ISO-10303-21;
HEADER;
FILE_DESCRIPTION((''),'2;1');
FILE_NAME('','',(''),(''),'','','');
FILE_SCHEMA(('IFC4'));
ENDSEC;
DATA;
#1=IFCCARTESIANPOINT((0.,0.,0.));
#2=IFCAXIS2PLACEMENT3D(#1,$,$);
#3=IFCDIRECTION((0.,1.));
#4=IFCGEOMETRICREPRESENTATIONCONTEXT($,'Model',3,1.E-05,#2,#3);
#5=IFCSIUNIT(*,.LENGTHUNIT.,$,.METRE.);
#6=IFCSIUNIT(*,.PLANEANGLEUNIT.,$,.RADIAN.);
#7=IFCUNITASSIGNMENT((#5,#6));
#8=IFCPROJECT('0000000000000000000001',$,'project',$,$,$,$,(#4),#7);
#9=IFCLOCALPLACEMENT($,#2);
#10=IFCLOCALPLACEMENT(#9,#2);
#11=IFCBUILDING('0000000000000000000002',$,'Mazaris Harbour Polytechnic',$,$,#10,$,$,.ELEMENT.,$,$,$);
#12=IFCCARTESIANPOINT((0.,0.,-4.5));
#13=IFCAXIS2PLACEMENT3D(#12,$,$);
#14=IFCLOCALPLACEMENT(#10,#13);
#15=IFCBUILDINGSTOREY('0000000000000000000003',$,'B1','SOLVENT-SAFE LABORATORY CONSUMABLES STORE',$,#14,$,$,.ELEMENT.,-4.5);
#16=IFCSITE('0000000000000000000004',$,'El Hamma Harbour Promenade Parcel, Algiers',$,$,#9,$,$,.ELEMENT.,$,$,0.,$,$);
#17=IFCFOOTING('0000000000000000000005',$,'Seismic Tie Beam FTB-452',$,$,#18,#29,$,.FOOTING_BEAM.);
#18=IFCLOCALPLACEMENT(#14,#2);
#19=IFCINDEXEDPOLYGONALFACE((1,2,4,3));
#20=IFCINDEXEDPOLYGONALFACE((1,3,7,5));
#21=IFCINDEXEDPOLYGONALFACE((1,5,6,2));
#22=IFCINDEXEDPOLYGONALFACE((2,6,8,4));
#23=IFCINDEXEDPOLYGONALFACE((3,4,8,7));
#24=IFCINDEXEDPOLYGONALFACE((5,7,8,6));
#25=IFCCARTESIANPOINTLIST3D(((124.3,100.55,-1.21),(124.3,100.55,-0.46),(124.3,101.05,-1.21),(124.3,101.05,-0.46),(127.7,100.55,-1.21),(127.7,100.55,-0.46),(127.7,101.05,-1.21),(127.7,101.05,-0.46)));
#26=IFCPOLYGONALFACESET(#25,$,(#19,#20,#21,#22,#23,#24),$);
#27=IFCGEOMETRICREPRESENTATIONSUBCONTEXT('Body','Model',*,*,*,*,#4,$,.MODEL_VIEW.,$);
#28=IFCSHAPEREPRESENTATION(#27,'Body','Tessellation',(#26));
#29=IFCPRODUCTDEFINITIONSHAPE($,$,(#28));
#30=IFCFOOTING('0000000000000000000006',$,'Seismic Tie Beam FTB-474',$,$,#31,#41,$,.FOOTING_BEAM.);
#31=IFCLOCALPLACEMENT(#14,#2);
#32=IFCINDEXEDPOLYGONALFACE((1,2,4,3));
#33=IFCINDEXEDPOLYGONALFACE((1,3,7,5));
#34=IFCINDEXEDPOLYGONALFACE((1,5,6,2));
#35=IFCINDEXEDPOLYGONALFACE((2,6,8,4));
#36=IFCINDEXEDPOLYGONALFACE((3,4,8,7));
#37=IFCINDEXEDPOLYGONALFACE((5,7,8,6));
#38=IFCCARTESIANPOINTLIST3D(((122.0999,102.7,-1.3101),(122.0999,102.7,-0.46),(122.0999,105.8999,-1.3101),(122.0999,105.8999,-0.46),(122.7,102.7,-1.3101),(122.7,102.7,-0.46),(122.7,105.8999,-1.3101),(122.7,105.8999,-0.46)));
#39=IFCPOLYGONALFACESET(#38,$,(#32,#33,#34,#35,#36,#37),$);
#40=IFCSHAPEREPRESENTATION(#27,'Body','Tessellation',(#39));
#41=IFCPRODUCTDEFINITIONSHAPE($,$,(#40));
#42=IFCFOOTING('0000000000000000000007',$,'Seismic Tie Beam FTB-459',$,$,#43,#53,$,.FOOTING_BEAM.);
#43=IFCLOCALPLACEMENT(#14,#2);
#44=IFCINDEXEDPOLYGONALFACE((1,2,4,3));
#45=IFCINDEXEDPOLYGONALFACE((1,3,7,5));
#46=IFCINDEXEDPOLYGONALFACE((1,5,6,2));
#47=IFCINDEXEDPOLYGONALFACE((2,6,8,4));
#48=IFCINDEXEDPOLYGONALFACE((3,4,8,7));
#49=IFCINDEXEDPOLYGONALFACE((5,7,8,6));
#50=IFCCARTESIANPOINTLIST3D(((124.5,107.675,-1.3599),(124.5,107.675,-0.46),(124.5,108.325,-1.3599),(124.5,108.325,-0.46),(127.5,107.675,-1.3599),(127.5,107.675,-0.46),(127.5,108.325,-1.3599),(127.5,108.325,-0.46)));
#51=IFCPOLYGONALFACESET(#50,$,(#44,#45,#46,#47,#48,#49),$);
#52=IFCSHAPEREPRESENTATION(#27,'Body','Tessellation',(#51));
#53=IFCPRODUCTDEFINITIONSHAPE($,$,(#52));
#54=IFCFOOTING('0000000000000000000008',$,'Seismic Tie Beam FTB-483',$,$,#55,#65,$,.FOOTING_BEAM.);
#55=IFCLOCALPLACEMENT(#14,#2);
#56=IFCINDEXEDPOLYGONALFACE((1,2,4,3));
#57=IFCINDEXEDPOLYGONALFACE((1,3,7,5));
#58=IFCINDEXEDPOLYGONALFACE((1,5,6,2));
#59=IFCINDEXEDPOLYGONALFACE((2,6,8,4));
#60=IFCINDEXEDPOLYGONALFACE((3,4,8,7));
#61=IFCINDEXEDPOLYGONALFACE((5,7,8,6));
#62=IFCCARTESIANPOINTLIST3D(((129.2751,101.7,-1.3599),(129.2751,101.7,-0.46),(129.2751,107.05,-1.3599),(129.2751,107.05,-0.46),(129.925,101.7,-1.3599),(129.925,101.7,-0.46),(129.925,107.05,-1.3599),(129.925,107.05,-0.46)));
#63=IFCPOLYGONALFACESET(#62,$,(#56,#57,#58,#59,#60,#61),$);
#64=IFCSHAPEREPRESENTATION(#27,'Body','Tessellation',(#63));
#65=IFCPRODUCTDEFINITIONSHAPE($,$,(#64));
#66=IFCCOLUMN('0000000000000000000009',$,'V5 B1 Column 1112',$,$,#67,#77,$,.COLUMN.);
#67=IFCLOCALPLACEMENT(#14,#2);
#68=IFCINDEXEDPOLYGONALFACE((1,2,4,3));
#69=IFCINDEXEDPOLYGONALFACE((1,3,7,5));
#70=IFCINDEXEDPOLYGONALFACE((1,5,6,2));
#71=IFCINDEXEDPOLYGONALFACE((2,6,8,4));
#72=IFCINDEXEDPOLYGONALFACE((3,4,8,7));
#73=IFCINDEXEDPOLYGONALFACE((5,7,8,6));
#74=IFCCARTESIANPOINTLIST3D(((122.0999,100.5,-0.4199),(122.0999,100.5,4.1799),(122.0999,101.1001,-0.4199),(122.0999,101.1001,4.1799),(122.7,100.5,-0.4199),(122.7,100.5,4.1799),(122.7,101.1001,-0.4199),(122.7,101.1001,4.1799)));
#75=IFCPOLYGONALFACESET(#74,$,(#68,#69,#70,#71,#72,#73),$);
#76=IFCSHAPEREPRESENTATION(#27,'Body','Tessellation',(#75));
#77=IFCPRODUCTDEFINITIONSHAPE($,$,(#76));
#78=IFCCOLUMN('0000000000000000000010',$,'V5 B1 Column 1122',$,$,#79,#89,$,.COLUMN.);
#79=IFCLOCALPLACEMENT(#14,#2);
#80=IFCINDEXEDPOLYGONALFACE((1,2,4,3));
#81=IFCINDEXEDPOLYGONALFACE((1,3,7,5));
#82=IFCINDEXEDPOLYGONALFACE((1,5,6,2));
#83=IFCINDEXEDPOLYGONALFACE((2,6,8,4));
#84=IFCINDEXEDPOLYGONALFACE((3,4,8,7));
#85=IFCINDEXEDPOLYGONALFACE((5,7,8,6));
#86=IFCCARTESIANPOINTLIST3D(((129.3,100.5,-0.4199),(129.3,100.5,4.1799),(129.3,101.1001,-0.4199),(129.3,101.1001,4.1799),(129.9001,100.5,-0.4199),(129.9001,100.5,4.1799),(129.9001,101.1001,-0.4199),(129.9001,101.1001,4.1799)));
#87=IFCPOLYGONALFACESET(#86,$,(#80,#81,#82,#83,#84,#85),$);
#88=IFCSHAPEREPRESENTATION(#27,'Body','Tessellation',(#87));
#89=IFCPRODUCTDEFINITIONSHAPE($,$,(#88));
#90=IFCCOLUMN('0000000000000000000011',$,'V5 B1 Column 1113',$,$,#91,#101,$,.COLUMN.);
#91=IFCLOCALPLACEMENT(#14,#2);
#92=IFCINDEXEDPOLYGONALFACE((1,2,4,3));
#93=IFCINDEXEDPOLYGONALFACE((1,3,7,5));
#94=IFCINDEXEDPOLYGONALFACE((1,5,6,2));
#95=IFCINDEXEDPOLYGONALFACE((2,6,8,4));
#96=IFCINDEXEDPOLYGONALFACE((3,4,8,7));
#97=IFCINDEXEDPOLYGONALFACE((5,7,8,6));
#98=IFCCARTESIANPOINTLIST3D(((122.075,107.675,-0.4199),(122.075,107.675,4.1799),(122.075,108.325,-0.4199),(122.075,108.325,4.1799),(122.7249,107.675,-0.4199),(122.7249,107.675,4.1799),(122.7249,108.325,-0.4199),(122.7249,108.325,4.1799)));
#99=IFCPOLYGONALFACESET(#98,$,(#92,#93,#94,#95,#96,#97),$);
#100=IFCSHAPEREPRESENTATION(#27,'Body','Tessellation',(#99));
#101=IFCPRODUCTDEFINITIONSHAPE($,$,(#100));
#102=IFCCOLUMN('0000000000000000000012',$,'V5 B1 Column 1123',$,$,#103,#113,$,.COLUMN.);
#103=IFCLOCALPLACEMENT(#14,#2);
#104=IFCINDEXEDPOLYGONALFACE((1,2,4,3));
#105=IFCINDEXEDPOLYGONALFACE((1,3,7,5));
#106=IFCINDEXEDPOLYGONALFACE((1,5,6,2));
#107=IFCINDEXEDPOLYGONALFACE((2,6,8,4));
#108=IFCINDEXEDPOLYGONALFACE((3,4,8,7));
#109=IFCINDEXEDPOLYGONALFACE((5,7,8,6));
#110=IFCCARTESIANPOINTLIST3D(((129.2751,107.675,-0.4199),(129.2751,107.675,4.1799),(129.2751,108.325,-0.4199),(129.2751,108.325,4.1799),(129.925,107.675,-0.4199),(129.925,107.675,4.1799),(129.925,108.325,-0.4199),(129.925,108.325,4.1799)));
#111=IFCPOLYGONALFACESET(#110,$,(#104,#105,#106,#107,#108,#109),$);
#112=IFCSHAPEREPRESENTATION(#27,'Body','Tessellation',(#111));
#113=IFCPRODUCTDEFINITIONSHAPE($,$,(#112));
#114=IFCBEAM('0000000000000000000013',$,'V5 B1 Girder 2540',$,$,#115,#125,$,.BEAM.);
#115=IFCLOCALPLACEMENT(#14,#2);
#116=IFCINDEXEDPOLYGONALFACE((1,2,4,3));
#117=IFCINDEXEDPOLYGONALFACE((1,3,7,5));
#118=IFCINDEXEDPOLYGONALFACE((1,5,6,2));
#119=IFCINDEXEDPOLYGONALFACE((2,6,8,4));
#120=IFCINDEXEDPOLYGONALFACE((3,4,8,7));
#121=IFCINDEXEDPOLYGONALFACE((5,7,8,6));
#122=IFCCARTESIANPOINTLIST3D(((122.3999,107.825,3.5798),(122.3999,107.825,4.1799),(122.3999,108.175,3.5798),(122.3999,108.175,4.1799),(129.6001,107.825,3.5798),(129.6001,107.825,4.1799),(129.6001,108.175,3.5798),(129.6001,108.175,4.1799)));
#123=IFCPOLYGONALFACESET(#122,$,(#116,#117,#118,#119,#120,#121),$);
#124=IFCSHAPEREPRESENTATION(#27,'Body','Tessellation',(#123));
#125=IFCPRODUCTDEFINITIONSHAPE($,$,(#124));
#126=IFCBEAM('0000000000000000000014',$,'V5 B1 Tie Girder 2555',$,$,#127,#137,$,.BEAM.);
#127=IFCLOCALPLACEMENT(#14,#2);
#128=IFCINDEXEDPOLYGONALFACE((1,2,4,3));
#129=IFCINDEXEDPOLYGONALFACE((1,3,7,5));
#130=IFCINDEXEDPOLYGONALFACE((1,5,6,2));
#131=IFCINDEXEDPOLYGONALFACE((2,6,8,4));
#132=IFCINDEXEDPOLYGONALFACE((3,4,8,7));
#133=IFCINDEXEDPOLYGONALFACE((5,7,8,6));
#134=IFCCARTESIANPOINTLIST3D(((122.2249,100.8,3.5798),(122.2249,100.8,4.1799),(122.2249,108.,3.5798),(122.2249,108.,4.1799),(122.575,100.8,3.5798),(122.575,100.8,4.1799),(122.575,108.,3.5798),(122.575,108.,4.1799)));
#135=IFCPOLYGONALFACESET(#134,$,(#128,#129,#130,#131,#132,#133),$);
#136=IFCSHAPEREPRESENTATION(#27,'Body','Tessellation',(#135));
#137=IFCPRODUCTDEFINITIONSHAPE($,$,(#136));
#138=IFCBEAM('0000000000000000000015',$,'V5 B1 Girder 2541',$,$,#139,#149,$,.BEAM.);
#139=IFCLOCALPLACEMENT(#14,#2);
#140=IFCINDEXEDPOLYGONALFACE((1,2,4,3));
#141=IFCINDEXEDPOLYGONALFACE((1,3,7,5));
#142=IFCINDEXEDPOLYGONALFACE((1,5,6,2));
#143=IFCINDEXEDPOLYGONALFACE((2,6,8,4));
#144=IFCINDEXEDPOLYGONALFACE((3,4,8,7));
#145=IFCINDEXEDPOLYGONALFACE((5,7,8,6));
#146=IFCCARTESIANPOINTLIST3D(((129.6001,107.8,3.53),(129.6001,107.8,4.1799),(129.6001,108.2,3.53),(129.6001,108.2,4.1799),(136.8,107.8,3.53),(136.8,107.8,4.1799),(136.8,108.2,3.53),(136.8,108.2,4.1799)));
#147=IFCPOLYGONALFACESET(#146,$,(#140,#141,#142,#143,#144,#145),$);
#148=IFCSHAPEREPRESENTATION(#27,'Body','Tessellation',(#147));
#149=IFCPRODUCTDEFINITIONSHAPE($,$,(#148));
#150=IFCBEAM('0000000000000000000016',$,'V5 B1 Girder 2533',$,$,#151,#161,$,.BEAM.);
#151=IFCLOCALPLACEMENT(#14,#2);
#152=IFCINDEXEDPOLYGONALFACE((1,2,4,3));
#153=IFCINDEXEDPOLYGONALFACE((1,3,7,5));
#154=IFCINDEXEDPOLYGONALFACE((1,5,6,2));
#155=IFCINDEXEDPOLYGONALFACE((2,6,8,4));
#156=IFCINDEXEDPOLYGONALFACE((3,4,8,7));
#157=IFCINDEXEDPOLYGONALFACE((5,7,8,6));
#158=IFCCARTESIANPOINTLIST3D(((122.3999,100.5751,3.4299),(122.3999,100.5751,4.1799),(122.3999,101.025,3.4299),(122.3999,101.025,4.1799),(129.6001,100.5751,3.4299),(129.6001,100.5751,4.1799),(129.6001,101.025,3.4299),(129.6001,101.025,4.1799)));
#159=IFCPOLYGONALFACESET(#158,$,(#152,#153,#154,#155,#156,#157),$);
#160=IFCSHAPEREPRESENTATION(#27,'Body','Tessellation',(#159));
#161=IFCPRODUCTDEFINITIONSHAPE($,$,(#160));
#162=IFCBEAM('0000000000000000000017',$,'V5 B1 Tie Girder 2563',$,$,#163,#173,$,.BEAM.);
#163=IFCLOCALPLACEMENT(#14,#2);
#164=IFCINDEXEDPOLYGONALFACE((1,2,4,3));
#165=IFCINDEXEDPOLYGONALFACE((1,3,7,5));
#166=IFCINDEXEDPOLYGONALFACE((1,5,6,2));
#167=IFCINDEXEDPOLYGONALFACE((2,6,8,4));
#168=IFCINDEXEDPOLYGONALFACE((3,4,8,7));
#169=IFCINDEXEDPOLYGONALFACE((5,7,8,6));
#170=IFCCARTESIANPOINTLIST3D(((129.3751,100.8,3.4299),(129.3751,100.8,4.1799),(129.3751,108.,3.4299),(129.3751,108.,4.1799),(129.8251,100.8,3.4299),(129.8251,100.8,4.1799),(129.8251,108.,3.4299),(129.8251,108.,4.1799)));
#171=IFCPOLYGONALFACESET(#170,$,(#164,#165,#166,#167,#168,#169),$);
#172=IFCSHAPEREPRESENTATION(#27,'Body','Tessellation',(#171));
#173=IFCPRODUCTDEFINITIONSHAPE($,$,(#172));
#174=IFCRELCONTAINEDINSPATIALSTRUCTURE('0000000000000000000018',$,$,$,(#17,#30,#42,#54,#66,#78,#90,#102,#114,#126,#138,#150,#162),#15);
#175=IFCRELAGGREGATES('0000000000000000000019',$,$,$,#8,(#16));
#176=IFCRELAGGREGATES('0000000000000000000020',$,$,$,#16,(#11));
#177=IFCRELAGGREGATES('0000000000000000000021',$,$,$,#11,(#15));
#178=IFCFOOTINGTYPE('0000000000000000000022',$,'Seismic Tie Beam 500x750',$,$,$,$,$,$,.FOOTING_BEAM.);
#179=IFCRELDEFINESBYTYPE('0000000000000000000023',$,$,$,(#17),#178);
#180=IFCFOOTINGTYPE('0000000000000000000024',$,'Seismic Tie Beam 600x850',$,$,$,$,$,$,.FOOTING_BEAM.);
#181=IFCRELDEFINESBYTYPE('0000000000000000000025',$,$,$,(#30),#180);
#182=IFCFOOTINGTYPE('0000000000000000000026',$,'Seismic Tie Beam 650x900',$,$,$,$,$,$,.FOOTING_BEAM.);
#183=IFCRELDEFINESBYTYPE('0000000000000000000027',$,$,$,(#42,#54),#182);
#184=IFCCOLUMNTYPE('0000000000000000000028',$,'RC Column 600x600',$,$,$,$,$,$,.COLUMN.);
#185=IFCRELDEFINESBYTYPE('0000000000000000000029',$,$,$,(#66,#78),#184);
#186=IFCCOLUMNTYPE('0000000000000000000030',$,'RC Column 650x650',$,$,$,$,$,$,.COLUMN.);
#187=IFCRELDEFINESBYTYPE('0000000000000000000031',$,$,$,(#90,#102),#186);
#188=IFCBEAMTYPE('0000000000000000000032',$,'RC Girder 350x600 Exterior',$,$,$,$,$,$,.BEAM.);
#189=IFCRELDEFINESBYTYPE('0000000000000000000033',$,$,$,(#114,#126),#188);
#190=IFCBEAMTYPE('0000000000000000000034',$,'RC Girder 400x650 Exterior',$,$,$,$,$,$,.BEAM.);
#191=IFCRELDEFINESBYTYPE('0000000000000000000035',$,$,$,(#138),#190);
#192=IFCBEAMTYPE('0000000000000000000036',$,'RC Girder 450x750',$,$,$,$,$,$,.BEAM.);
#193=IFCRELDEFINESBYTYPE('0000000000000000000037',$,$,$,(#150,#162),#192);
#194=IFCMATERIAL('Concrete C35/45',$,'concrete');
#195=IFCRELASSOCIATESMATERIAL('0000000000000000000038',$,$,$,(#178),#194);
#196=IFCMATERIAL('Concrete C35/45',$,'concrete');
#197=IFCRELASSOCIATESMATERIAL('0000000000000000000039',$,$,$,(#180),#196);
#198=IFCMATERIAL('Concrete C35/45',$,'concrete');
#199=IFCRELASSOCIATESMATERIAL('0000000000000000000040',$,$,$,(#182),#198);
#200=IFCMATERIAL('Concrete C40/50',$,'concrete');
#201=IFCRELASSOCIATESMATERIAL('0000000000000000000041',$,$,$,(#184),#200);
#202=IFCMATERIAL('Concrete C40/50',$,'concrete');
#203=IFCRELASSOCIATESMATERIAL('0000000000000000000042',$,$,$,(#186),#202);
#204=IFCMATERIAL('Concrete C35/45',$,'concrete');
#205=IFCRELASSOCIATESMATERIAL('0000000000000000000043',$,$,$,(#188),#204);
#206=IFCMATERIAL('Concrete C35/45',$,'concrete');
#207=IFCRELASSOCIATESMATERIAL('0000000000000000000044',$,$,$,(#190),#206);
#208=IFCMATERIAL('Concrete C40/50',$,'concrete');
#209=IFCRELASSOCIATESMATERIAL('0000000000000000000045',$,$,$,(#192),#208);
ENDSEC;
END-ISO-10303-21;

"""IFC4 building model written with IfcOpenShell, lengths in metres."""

from ifc_helpers import new_model, si_unit, direction, frame, origin, origin_2d, place, context, subcontext, project, spatial, rectangle, extrude, material, material_profile, profile_set, type_object, element, save


model = new_model("IFC4")

# Units and contexts
model_context = context("Model", 3, precision=1e-05, world=origin(), true_north=direction((0.0, 1.0)))
body_context = subcontext(model_context, "Body", "Model", "MODEL_VIEW")
ifc_project = project(units=[si_unit("LENGTHUNIT", "METRE"), si_unit("PLANEANGLEUNIT", "RADIAN")], contexts=[model_context])

# Site, building, storey
site_placement = place(None, origin())
site = spatial("IfcSite", under=ifc_project, at=site_placement, Name="El Hamma Harbour Promenade Parcel, Algiers", CompositionType="ELEMENT", RefElevation=0.0)
building_placement = place(site_placement, origin())
building = spatial("IfcBuilding", under=site, at=building_placement, Name="Mazaris Harbour Polytechnic", CompositionType="ELEMENT")
storey_placement = place(building_placement, frame((0.0, 0.0, -4.5)))
storey = spatial("IfcBuildingStorey", under=building, at=storey_placement, Name="B1", Description="SOLVENT-SAFE LABORATORY CONSUMABLES STORE", CompositionType="ELEMENT", Elevation=-4.5)

# Footings
ifc_material_1 = material(Name="Concrete C35/45", Category="concrete")
ifc_material_profile_1 = material_profile(ifc_material_1, rectangle(XDim=0.5, YDim=0.75, at=origin_2d()), Name="RECT500x750")
ifc_profile_set_1 = profile_set([ifc_material_profile_1], Name="Concrete C35/45")
footing_type_1 = type_object("IfcFootingType", Name="Seismic Tie Beam 500x750", PredefinedType="FOOTING_BEAM", material=ifc_profile_set_1)
footing_1_placement = place(storey_placement, frame((124.3, 100.8, -0.835), z_axis=(1.0, 0.0, 0.0), x_axis=(0.0, 1.0, 0.0)))
element("IfcFooting", 1, at=footing_1_placement, inside=storey, type_object=footing_type_1, Name="Seismic Tie Beam FTB-452", PredefinedType="FOOTING_BEAM", context=body_context, shape_type="SweptSolid", body=[
    extrude(rectangle(XDim=0.5, YDim=0.75, at=origin_2d()), origin(), (0.0, 0.0, 1.0), 3.3999),
])
ifc_material_2 = material(Name="Concrete C35/45", Category="concrete")
ifc_material_profile_2 = material_profile(ifc_material_2, rectangle(XDim=0.6001, YDim=0.8501, at=origin_2d()), Name="RECT600x850")
ifc_profile_set_2 = profile_set([ifc_material_profile_2], Name="Concrete C35/45")
footing_type_2 = type_object("IfcFootingType", Name="Seismic Tie Beam 600x850", PredefinedType="FOOTING_BEAM", material=ifc_profile_set_2)
footing_2_placement = place(storey_placement, frame((122.3999, 102.7, -0.885), z_axis=(0.0, 1.0, 0.0), x_axis=(-1.0, 0.0, 0.0)))
element("IfcFooting", 2, at=footing_2_placement, inside=storey, type_object=footing_type_2, Name="Seismic Tie Beam FTB-474", PredefinedType="FOOTING_BEAM", context=body_context, shape_type="SweptSolid", body=[
    extrude(rectangle(XDim=0.6001, YDim=0.8501, at=origin_2d()), origin(), (0.0, 0.0, 1.0), 3.2),
])
ifc_material_3 = material(Name="Concrete C35/45", Category="concrete")
ifc_material_profile_3 = material_profile(ifc_material_3, rectangle(XDim=0.6499, YDim=0.8999, at=origin_2d()), Name="RECT650x900")
ifc_profile_set_3 = profile_set([ifc_material_profile_3], Name="Concrete C35/45")
footing_type_3 = type_object("IfcFootingType", Name="Seismic Tie Beam 650x900", PredefinedType="FOOTING_BEAM", material=ifc_profile_set_3)
footing_3_placement = place(storey_placement, frame((124.5, 108.0, -0.9099), z_axis=(1.0, 0.0, 0.0), x_axis=(0.0, 1.0, 0.0)))
element("IfcFooting", 3, at=footing_3_placement, inside=storey, type_object=footing_type_3, Name="Seismic Tie Beam FTB-459", PredefinedType="FOOTING_BEAM", context=body_context, shape_type="SweptSolid", body=[
    extrude(rectangle(XDim=0.6499, YDim=0.8999, at=origin_2d()), origin(), (0.0, 0.0, 1.0), 3.0),
])
footing_4_placement = place(storey_placement, frame((129.6001, 101.7, -0.9099), z_axis=(0.0, 1.0, 0.0), x_axis=(-1.0, 0.0, 0.0)))
element("IfcFooting", 4, at=footing_4_placement, inside=storey, type_object=footing_type_3, Name="Seismic Tie Beam FTB-483", PredefinedType="FOOTING_BEAM", context=body_context, shape_type="SweptSolid", body=[
    extrude(rectangle(XDim=0.6499, YDim=0.8999, at=origin_2d()), origin(), (0.0, 0.0, 1.0), 5.3501),
])

# Columns
ifc_material_4 = material(Name="Concrete C40/50", Category="concrete")
ifc_material_profile_4 = material_profile(ifc_material_4, rectangle(XDim=0.6001, YDim=0.6001, at=origin_2d()), Name="RECT600x600")
ifc_profile_set_4 = profile_set([ifc_material_profile_4], Name="Concrete C40/50")
column_type_1 = type_object("IfcColumnType", Name="RC Column 600x600", PredefinedType="COLUMN", material=ifc_profile_set_4)
for number, where, z_axis, x_axis, name in (
    (5, (122.3999, 100.8, -0.4199), (0.0, 0.0, 1.0), (1.0, 0.0, 0.0), "V5 B1 Column 1112"),
    (6, (129.6001, 100.8, -0.4199), (0.0, 0.0, 1.0), (1.0, 0.0, 0.0), "V5 B1 Column 1122"),
):
    element("IfcColumn", number, at=place(storey_placement, frame(where, z_axis=z_axis, x_axis=x_axis)), inside=storey, type_object=column_type_1, Name=name, PredefinedType="COLUMN", context=body_context, shape_type="SweptSolid", body=[
        extrude(rectangle(XDim=0.6001, YDim=0.6001, at=origin_2d()), origin(), (0.0, 0.0, 1.0), 4.5999),
    ])
ifc_material_5 = material(Name="Concrete C40/50", Category="concrete")
ifc_material_profile_5 = material_profile(ifc_material_5, rectangle(XDim=0.6499, YDim=0.6499, at=origin_2d()), Name="RECT650x650")
ifc_profile_set_5 = profile_set([ifc_material_profile_5], Name="Concrete C40/50")
column_type_2 = type_object("IfcColumnType", Name="RC Column 650x650", PredefinedType="COLUMN", material=ifc_profile_set_5)
for number, where, z_axis, x_axis, name in (
    (7, (122.3999, 108.0, -0.4199), (0.0, 0.0, 1.0), (1.0, 0.0, 0.0), "V5 B1 Column 1113"),
    (8, (129.6001, 108.0, -0.4199), (0.0, 0.0, 1.0), (1.0, 0.0, 0.0), "V5 B1 Column 1123"),
):
    element("IfcColumn", number, at=place(storey_placement, frame(where, z_axis=z_axis, x_axis=x_axis)), inside=storey, type_object=column_type_2, Name=name, PredefinedType="COLUMN", context=body_context, shape_type="SweptSolid", body=[
        extrude(rectangle(XDim=0.6499, YDim=0.6499, at=origin_2d()), origin(), (0.0, 0.0, 1.0), 4.5999),
    ])

# Beams
ifc_material_6 = material(Name="Concrete C35/45", Category="concrete")
ifc_material_profile_6 = material_profile(ifc_material_6, rectangle(XDim=0.3501, YDim=0.6001, at=origin_2d()), Name="RECT350x600")
ifc_profile_set_6 = profile_set([ifc_material_profile_6], Name="Concrete C35/45")
beam_type_1 = type_object("IfcBeamType", Name="RC Girder 350x600 Exterior", PredefinedType="BEAM", material=ifc_profile_set_6)
beam_1_placement = place(storey_placement, frame((122.3999, 108.0, 3.8799), z_axis=(1.0, 0.0, 0.0), x_axis=(0.0, 1.0, 0.0)))
element("IfcBeam", 9, at=beam_1_placement, inside=storey, type_object=beam_type_1, Name="V5 B1 Girder 2540", PredefinedType="BEAM", context=body_context, shape_type="SweptSolid", body=[
    extrude(rectangle(XDim=0.3501, YDim=0.6001, at=origin_2d()), origin(), (0.0, 0.0, 1.0), 7.2002),
])
beam_2_placement = place(storey_placement, frame((122.3999, 100.8, 3.8799), z_axis=(0.0, 1.0, 0.0), x_axis=(-1.0, 0.0, 0.0)))
element("IfcBeam", 10, at=beam_2_placement, inside=storey, type_object=beam_type_1, Name="V5 B1 Tie Girder 2555", PredefinedType="BEAM", context=body_context, shape_type="SweptSolid", body=[
    extrude(rectangle(XDim=0.3501, YDim=0.6001, at=origin_2d()), origin(), (0.0, 0.0, 1.0), 7.2),
])
ifc_material_7 = material(Name="Concrete C35/45", Category="concrete")
ifc_material_profile_7 = material_profile(ifc_material_7, rectangle(XDim=0.3999, YDim=0.6499, at=origin_2d()), Name="RECT400x650")
ifc_profile_set_7 = profile_set([ifc_material_profile_7], Name="Concrete C35/45")
beam_type_2 = type_object("IfcBeamType", Name="RC Girder 400x650 Exterior", PredefinedType="BEAM", material=ifc_profile_set_7)
beam_3_placement = place(storey_placement, frame((129.6001, 108.0, 3.855), z_axis=(1.0, 0.0, 0.0), x_axis=(0.0, 1.0, 0.0)))
element("IfcBeam", 11, at=beam_3_placement, inside=storey, type_object=beam_type_2, Name="V5 B1 Girder 2541", PredefinedType="BEAM", context=body_context, shape_type="SweptSolid", body=[
    extrude(rectangle(XDim=0.3999, YDim=0.6499, at=origin_2d()), origin(), (0.0, 0.0, 1.0), 7.2),
])
ifc_material_8 = material(Name="Concrete C40/50", Category="concrete")
ifc_material_profile_8 = material_profile(ifc_material_8, rectangle(XDim=0.45, YDim=0.75, at=origin_2d()), Name="RECT450x750")
ifc_profile_set_8 = profile_set([ifc_material_profile_8], Name="Concrete C40/50")
beam_type_3 = type_object("IfcBeamType", Name="RC Girder 450x750", PredefinedType="BEAM", material=ifc_profile_set_8)
beam_4_placement = place(storey_placement, frame((122.3999, 100.8, 3.8049), z_axis=(1.0, 0.0, 0.0), x_axis=(0.0, 1.0, 0.0)))
element("IfcBeam", 12, at=beam_4_placement, inside=storey, type_object=beam_type_3, Name="V5 B1 Girder 2533", PredefinedType="BEAM", context=body_context, shape_type="SweptSolid", body=[
    extrude(rectangle(XDim=0.45, YDim=0.75, at=origin_2d()), origin(), (0.0, 0.0, 1.0), 7.2002),
])
beam_5_placement = place(storey_placement, frame((129.6001, 100.8, 3.8049), z_axis=(0.0, 1.0, 0.0), x_axis=(-1.0, 0.0, 0.0)))
element("IfcBeam", 13, at=beam_5_placement, inside=storey, type_object=beam_type_3, Name="V5 B1 Tie Girder 2563", PredefinedType="BEAM", context=body_context, shape_type="SweptSolid", body=[
    extrude(rectangle(XDim=0.45, YDim=0.75, at=origin_2d()), origin(), (0.0, 0.0, 1.0), 7.2),
])

save(model, "model.ifc")
